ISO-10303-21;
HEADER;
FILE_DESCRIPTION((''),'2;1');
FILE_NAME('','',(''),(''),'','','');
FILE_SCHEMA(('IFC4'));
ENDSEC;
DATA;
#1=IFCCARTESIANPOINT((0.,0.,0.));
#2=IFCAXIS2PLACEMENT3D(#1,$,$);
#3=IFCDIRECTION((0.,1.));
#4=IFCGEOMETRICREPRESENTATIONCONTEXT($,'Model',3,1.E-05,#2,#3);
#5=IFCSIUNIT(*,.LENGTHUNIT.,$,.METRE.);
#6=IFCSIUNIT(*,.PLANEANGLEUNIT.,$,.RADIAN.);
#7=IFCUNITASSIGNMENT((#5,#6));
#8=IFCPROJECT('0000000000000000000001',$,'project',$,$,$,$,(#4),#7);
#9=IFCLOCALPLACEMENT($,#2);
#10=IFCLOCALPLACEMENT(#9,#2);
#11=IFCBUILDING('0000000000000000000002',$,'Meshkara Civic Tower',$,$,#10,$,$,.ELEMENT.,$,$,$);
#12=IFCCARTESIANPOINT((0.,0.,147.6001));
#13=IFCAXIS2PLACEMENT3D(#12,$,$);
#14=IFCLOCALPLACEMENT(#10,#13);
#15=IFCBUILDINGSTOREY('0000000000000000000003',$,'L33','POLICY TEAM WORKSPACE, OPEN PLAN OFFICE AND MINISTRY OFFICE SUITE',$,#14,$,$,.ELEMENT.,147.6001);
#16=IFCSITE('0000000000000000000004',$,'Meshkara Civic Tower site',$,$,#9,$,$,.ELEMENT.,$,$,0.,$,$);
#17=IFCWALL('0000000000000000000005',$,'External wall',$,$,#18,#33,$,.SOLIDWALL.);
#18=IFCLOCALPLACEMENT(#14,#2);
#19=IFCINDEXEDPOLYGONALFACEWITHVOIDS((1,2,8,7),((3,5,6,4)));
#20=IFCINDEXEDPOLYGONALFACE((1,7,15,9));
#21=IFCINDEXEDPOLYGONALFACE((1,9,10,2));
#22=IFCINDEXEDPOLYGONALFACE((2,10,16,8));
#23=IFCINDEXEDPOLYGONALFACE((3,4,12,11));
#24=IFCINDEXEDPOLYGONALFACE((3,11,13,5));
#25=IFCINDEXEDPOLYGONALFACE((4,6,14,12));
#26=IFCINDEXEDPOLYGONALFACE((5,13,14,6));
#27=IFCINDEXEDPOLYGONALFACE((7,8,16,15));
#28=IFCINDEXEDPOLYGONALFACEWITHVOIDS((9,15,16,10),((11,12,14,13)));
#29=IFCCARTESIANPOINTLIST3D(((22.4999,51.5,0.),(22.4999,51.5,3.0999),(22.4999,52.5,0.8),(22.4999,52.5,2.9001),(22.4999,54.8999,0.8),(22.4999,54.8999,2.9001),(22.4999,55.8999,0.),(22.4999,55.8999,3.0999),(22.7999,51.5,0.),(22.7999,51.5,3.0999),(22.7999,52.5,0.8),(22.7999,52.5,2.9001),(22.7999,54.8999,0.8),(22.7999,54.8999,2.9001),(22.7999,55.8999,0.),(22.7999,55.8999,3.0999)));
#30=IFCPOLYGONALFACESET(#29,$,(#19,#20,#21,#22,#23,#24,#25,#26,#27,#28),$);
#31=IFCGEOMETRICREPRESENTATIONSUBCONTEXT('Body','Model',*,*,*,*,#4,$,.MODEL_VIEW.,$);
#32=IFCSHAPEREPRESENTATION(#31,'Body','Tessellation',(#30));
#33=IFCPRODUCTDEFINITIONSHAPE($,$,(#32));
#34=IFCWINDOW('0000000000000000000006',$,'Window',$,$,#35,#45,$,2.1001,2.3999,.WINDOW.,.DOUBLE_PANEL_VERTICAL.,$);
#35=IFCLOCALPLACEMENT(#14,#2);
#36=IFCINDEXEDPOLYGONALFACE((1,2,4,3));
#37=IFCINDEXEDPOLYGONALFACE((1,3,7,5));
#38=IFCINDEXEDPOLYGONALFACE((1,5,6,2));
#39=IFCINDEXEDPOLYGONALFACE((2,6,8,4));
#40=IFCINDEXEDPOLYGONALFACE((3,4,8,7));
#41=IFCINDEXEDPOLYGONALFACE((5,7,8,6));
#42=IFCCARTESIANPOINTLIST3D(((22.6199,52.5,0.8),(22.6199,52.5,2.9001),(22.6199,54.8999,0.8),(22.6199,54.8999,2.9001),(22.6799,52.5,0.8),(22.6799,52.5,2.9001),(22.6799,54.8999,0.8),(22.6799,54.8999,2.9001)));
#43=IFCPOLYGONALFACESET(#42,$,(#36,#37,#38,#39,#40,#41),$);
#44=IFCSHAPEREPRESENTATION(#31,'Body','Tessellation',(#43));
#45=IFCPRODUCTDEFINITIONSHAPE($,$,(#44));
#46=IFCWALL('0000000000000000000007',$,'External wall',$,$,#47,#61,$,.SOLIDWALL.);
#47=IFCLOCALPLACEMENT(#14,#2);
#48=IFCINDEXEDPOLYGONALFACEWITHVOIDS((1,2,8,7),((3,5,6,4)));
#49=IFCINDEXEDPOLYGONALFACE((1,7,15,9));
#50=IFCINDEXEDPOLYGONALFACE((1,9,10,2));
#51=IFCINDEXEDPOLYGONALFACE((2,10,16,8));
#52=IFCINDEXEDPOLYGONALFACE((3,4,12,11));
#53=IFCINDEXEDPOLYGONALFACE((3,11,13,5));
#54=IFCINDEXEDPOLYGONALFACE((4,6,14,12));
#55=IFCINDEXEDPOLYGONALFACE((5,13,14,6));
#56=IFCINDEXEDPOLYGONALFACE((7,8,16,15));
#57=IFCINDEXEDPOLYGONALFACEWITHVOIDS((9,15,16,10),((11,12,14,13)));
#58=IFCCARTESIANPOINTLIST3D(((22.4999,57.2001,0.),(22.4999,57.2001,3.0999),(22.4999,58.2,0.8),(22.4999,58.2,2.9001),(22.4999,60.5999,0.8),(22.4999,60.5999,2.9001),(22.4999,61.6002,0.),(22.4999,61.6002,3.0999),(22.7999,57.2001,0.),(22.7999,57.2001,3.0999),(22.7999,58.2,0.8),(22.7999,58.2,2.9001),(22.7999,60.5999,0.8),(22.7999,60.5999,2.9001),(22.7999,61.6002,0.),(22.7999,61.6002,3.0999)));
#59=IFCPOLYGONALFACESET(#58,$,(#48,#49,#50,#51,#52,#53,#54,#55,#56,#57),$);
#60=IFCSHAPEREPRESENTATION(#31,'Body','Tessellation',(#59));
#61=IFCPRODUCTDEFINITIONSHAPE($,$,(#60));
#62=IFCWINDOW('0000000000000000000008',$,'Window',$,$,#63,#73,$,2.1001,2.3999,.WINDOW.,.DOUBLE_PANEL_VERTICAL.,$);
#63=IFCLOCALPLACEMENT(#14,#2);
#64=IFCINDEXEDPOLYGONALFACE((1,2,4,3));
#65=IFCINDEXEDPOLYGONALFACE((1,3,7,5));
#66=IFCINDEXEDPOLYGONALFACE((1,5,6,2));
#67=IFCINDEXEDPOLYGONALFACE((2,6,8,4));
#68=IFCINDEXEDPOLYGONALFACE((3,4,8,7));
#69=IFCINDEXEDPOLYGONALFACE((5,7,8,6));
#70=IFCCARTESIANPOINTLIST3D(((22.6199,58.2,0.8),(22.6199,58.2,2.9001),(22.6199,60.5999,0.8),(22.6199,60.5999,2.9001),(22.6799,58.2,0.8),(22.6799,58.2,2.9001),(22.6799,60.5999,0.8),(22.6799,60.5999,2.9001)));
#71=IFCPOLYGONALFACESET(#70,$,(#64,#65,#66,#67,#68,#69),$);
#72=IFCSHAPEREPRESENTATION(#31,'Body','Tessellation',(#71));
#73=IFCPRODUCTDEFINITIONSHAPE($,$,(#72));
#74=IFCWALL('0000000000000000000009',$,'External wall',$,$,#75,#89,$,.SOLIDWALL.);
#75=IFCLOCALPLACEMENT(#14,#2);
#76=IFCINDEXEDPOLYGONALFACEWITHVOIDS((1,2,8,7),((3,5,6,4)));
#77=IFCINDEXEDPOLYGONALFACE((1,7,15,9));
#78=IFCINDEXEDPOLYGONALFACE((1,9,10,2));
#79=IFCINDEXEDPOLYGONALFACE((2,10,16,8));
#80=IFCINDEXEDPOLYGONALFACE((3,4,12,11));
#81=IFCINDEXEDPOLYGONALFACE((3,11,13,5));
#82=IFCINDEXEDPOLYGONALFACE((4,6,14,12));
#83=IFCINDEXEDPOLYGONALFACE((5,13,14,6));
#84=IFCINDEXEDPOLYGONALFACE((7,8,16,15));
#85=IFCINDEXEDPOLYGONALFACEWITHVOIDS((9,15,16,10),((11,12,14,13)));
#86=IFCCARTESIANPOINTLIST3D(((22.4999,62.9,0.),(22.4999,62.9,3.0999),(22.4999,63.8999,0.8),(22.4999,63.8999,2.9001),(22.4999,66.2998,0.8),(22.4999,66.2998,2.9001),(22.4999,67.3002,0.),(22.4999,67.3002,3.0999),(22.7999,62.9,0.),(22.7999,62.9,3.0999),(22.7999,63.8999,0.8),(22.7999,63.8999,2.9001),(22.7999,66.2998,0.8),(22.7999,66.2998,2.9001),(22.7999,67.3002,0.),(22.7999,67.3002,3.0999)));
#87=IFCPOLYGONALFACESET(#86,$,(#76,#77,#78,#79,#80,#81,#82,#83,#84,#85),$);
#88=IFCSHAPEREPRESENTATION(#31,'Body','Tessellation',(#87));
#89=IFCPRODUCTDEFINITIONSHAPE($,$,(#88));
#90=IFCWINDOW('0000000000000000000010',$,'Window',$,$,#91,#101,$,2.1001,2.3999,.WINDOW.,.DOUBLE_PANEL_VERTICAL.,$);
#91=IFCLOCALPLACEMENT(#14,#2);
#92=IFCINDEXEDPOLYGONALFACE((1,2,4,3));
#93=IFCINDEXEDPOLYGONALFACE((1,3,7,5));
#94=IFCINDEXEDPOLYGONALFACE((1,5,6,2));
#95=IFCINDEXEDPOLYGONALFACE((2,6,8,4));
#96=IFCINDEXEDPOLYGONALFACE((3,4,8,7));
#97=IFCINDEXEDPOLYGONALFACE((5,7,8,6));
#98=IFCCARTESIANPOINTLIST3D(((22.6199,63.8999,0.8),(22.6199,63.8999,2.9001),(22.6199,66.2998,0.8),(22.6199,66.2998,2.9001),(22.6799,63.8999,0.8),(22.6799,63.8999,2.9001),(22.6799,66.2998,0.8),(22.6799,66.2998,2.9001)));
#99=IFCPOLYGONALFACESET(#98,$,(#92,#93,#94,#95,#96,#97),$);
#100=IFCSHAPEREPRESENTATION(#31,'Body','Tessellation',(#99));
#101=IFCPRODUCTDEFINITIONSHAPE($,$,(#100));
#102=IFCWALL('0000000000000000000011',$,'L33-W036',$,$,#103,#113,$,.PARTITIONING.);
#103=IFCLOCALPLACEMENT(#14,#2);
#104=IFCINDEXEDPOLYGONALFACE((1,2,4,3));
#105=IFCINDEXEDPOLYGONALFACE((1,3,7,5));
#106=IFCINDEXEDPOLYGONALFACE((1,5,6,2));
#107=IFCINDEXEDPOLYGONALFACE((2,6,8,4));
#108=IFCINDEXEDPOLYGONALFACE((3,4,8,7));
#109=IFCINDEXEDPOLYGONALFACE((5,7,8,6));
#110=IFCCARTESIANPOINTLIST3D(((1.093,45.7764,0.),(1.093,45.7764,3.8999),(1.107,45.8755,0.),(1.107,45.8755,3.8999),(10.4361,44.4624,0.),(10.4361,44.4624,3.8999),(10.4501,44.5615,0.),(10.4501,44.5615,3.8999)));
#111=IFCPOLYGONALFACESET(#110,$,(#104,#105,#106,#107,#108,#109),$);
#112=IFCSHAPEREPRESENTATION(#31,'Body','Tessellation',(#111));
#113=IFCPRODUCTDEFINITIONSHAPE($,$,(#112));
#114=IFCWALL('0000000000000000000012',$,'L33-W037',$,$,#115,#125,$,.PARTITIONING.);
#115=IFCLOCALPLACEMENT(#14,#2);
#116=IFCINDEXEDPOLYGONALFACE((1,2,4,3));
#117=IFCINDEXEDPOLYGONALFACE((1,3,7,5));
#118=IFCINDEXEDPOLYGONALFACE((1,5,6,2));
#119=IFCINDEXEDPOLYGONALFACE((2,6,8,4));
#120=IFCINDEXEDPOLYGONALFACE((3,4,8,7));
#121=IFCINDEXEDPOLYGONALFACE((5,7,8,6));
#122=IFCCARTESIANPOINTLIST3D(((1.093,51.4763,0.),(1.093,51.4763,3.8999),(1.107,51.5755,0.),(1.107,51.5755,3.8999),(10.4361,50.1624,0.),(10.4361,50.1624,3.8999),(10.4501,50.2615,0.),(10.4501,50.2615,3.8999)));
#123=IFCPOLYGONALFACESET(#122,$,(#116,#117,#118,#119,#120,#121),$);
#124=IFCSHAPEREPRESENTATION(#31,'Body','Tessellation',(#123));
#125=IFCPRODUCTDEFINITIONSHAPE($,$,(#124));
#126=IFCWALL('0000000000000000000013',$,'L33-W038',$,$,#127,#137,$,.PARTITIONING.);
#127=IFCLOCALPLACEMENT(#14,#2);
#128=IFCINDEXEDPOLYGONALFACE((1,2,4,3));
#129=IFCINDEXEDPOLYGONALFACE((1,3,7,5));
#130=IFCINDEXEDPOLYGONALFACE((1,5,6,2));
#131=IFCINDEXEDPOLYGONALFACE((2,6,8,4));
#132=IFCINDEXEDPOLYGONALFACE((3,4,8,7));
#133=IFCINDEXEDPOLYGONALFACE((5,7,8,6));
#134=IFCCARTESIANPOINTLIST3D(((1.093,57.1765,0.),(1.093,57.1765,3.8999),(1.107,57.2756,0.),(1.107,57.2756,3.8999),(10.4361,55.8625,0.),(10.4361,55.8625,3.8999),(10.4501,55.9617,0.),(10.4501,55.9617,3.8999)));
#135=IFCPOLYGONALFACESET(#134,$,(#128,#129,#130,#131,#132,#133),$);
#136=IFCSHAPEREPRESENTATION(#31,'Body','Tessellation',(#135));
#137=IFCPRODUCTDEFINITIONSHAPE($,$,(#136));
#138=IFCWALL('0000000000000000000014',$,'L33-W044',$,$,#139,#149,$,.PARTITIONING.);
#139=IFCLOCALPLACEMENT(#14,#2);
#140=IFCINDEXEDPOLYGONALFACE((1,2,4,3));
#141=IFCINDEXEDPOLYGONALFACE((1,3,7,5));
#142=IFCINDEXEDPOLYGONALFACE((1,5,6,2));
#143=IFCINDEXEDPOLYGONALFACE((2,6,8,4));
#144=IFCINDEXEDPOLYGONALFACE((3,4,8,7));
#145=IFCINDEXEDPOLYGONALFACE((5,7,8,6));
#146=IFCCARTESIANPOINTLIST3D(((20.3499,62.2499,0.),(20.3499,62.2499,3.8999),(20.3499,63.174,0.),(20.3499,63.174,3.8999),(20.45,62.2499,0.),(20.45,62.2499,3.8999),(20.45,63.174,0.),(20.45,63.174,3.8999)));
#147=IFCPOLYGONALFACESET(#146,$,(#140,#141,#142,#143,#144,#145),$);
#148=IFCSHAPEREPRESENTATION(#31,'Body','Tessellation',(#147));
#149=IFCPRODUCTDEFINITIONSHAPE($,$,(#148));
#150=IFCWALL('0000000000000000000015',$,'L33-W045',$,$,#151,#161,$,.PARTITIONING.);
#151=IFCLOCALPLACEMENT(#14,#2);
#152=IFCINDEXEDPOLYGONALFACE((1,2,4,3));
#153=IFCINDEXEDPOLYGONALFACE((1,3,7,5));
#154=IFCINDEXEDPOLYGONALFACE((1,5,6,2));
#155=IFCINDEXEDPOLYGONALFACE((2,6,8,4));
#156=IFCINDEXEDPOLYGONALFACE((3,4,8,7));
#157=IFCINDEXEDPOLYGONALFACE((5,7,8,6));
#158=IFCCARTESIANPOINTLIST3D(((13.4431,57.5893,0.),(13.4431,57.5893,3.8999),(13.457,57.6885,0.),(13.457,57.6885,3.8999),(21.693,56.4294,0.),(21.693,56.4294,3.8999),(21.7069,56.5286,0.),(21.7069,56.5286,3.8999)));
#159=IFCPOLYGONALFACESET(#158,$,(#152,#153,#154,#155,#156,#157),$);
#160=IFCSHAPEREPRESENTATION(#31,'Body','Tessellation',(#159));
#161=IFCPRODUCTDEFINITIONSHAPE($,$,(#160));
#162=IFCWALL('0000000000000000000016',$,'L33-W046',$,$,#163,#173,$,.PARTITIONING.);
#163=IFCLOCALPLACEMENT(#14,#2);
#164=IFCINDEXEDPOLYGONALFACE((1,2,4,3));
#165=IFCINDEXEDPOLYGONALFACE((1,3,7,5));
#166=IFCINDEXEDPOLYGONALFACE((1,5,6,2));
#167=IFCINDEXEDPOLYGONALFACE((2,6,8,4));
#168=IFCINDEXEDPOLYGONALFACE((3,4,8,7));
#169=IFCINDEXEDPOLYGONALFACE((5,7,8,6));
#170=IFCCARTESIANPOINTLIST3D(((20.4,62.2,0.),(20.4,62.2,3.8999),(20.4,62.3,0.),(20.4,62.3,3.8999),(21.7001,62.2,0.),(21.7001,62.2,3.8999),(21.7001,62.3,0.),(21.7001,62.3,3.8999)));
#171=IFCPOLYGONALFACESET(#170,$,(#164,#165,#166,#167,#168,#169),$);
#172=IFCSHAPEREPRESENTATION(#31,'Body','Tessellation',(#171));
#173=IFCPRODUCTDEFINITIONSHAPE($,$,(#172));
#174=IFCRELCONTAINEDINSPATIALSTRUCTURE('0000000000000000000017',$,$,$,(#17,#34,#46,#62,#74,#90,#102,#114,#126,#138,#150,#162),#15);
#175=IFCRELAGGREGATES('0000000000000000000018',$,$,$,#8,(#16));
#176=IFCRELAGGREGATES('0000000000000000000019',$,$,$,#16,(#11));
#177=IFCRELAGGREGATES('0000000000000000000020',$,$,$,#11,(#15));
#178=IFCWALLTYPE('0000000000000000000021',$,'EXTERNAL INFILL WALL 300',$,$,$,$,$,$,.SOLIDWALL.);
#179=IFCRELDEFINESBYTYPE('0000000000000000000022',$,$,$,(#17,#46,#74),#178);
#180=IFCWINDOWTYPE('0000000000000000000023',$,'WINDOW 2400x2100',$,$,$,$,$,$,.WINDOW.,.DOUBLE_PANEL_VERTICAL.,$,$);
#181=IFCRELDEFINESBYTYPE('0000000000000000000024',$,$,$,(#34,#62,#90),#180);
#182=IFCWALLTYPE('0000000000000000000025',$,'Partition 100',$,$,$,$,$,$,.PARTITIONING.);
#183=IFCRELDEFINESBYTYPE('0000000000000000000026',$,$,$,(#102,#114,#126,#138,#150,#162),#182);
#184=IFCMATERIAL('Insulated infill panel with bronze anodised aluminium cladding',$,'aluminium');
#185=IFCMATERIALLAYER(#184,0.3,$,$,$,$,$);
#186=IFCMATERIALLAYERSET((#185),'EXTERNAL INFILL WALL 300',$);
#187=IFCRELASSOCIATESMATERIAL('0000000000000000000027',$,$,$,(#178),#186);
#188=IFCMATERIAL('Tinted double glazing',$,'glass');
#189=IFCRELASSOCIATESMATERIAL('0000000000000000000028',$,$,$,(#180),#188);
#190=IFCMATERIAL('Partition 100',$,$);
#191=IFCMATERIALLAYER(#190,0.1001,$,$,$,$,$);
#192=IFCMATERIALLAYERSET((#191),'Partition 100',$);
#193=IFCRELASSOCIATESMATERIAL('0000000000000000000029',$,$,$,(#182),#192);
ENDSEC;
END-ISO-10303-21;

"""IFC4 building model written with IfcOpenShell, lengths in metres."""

from ifc_helpers import new_model, si_unit, direction, frame, frame_2d, origin, place, context, subcontext, project, spatial, rectangle, extrude, material, layer, layer_set, type_object, element, fill, save


model = new_model("IFC4")

# Units and contexts
model_context = context("Model", 3, precision=1e-05, world=origin(), true_north=direction((0.0, 1.0)))
body_context = subcontext(model_context, "Body", "Model", "MODEL_VIEW")
ifc_project = project(units=[si_unit("LENGTHUNIT", "METRE"), si_unit("PLANEANGLEUNIT", "RADIAN")], contexts=[model_context])

# Site, building, storey
site_placement = place(None, origin())
site = spatial("IfcSite", under=ifc_project, at=site_placement, Name="Meshkara Civic Tower site", CompositionType="ELEMENT", RefElevation=0.0)
building_placement = place(site_placement, origin())
building = spatial("IfcBuilding", under=site, at=building_placement, Name="Meshkara Civic Tower", CompositionType="ELEMENT")
storey_placement = place(building_placement, frame((0.0, 0.0, 147.6001)))
storey = spatial("IfcBuildingStorey", under=building, at=storey_placement, Name="L33", Description="POLICY TEAM WORKSPACE, OPEN PLAN OFFICE AND MINISTRY OFFICE SUITE", CompositionType="ELEMENT", Elevation=147.6001)

# Walls, openings, windows
ifc_material_1 = material(Name="Insulated infill panel with bronze anodised aluminium cladding", Category="aluminium")
ifc_layer_1 = layer(ifc_material_1, 0.3)
ifc_layer_set_1 = layer_set([ifc_layer_1], Name="EXTERNAL INFILL WALL 300")
wall_type_1 = type_object("IfcWallType", Name="EXTERNAL INFILL WALL 300", PredefinedType="SOLIDWALL", material=ifc_layer_set_1)
ifc_material_2 = material(Name="Tinted double glazing", Category="glass")
window_type = type_object("IfcWindowType", Name="WINDOW 2400x2100", PartitioningType="DOUBLE_PANEL_VERTICAL", PredefinedType="WINDOW", material=ifc_material_2)
wall_1_placement = place(storey_placement, frame((22.6499, 51.5, 0.0), z_axis=(0.0, 0.0, 1.0), x_axis=(0.0, 1.0, 0.0)))
wall_1 = element("IfcWall", 1, at=wall_1_placement, inside=storey, type_object=wall_type_1, Name="External wall", PredefinedType="SOLIDWALL", context=body_context, shape_type="SweptSolid", body=[
    extrude(rectangle(XDim=4.3999, YDim=0.3, at=frame_2d((2.2, 0.0))), origin(), (0.0, 0.0, 1.0), 3.0999),
])
opening_1_placement = place(wall_1_placement, frame((1.0, 0.0, 0.8)))
opening_1 = element("IfcOpeningElement", 2, at=opening_1_placement, cuts=wall_1, PredefinedType="OPENING", context=body_context, shape_type="SweptSolid", body=[
    extrude(rectangle(XDim=2.3999, YDim=2.1001, at=frame_2d((1.2, 1.05))), frame((0.0, 0.1599, 0.0), z_axis=(0.0, -1.0, 0.0), x_axis=(1.0, 0.0, 0.0)), (0.0, 0.0, 1.0), 0.3201),
])
window_1_placement = place(opening_1_placement, origin())
window_1 = element("IfcWindow", 3, at=window_1_placement, inside=storey, type_object=window_type, Name="Window", OverallHeight=2.1001, OverallWidth=2.3999, PartitioningType="DOUBLE_PANEL_VERTICAL", PredefinedType="WINDOW", context=body_context, shape_type="SweptSolid", body=[
    extrude(rectangle(XDim=2.3999, YDim=2.1001, at=frame_2d((1.2, 1.05))), frame((0.0, 0.03, 0.0), z_axis=(0.0, -1.0, 0.0), x_axis=(1.0, 0.0, 0.0)), (0.0, 0.0, 1.0), 0.0601),
])
fill(opening_1, window_1)
wall_2_placement = place(storey_placement, frame((22.6499, 57.2, 0.0), z_axis=(0.0, 0.0, 1.0), x_axis=(0.0, 1.0, 0.0)))
wall_2 = element("IfcWall", 4, at=wall_2_placement, inside=storey, type_object=wall_type_1, Name="External wall", PredefinedType="SOLIDWALL", context=body_context, shape_type="SweptSolid", body=[
    extrude(rectangle(XDim=4.4001, YDim=0.3, at=frame_2d((2.2002, 0.0))), origin(), (0.0, 0.0, 1.0), 3.0999),
])
opening_2_placement = place(wall_2_placement, frame((1.0, 0.0, 0.8)))
opening_2 = element("IfcOpeningElement", 5, at=opening_2_placement, cuts=wall_2, PredefinedType="OPENING", context=body_context, shape_type="SweptSolid", body=[
    extrude(rectangle(XDim=2.3999, YDim=2.1001, at=frame_2d((1.2, 1.05))), frame((0.0, 0.1599, 0.0), z_axis=(0.0, -1.0, 0.0), x_axis=(1.0, 0.0, 0.0)), (0.0, 0.0, 1.0), 0.3201),
])
window_2_placement = place(opening_2_placement, origin())
window_2 = element("IfcWindow", 6, at=window_2_placement, inside=storey, type_object=window_type, Name="Window", OverallHeight=2.1001, OverallWidth=2.3999, PartitioningType="DOUBLE_PANEL_VERTICAL", PredefinedType="WINDOW", context=body_context, shape_type="SweptSolid", body=[
    extrude(rectangle(XDim=2.3999, YDim=2.1001, at=frame_2d((1.2, 1.05))), frame((0.0, 0.03, 0.0), z_axis=(0.0, -1.0, 0.0), x_axis=(1.0, 0.0, 0.0)), (0.0, 0.0, 1.0), 0.0601),
])
fill(opening_2, window_2)
wall_3_placement = place(storey_placement, frame((22.6499, 62.8999, 0.0), z_axis=(0.0, 0.0, 1.0), x_axis=(0.0, 1.0, 0.0)))
wall_3 = element("IfcWall", 7, at=wall_3_placement, inside=storey, type_object=wall_type_1, Name="External wall", PredefinedType="SOLIDWALL", context=body_context, shape_type="SweptSolid", body=[
    extrude(rectangle(XDim=4.4001, YDim=0.3, at=frame_2d((2.2002, 0.0))), origin(), (0.0, 0.0, 1.0), 3.0999),
])
opening_3_placement = place(wall_3_placement, frame((1.0, 0.0, 0.8)))
opening_3 = element("IfcOpeningElement", 8, at=opening_3_placement, cuts=wall_3, PredefinedType="OPENING", context=body_context, shape_type="SweptSolid", body=[
    extrude(rectangle(XDim=2.3999, YDim=2.1001, at=frame_2d((1.2, 1.05))), frame((0.0, 0.1599, 0.0), z_axis=(0.0, -1.0, 0.0), x_axis=(1.0, 0.0, 0.0)), (0.0, 0.0, 1.0), 0.3201),
])
window_3_placement = place(opening_3_placement, origin())
window_3 = element("IfcWindow", 9, at=window_3_placement, inside=storey, type_object=window_type, Name="Window", OverallHeight=2.1001, OverallWidth=2.3999, PartitioningType="DOUBLE_PANEL_VERTICAL", PredefinedType="WINDOW", context=body_context, shape_type="SweptSolid", body=[
    extrude(rectangle(XDim=2.3999, YDim=2.1001, at=frame_2d((1.2, 1.05))), frame((0.0, 0.03, 0.0), z_axis=(0.0, -1.0, 0.0), x_axis=(1.0, 0.0, 0.0)), (0.0, 0.0, 1.0), 0.0601),
])
fill(opening_3, window_3)

# Walls
ifc_material_3 = material(Name="Partition 100")
ifc_layer_2 = layer(ifc_material_3, 0.1001)
ifc_layer_set_2 = layer_set([ifc_layer_2], Name="Partition 100")
wall_type_2 = type_object("IfcWallType", Name="Partition 100", PredefinedType="PARTITIONING", material=ifc_layer_set_2)
for number, where, z_axis, x_axis, name in (
    (10, (10.4431, 44.512, 0.0), (0.0, 0.0, 1.0), (-0.990255, 0.139266, 0.0), "L33-W036"),
    (11, (10.4431, 50.2119, 0.0), (0.0, 0.0, 1.0), (-0.990255, 0.139266, 0.0), "L33-W037"),
    (12, (10.4431, 55.9121, 0.0), (0.0, 0.0, 1.0), (-0.990255, 0.139266, 0.0), "L33-W038"),
):
    element("IfcWall", number, at=place(storey_placement, frame(where, z_axis=z_axis, x_axis=x_axis)), inside=storey, type_object=wall_type_2, Name=name, PredefinedType="PARTITIONING", context=body_context, shape_type="SweptSolid", body=[
        extrude(rectangle(XDim=9.4351, YDim=0.1001, at=frame_2d((4.7175, 0.0))), origin(), (0.0, 0.0, 1.0), 3.8999),
    ])
wall_4_placement = place(storey_placement, frame((20.3999, 62.25, 0.0), z_axis=(0.0, 0.0, 1.0), x_axis=(0.0, 1.0, 0.0)))
element("IfcWall", 13, at=wall_4_placement, inside=storey, type_object=wall_type_2, Name="L33-W044", PredefinedType="PARTITIONING", context=body_context, shape_type="SweptSolid", body=[
    extrude(rectangle(XDim=0.9241, YDim=0.1001, at=frame_2d((0.4619, 0.0))), origin(), (0.0, 0.0, 1.0), 3.8999),
])
wall_5_placement = place(storey_placement, frame((21.7, 56.479, 0.0), z_axis=(0.0, 0.0, 1.0), x_axis=(-0.990261, 0.139226, 0.0)))
element("IfcWall", 14, at=wall_5_placement, inside=storey, type_object=wall_type_2, Name="L33-W045", PredefinedType="PARTITIONING", context=body_context, shape_type="SweptSolid", body=[
    extrude(rectangle(XDim=8.3311, YDim=0.1001, at=frame_2d((4.1655, 0.0))), origin(), (0.0, 0.0, 1.0), 3.8999),
])
wall_6_placement = place(storey_placement, frame((21.7, 62.25, 0.0), z_axis=(0.0, 0.0, 1.0), x_axis=(-1.0, 0.0, 0.0)))
element("IfcWall", 15, at=wall_6_placement, inside=storey, type_object=wall_type_2, Name="L33-W046", PredefinedType="PARTITIONING", context=body_context, shape_type="SweptSolid", body=[
    extrude(rectangle(XDim=1.3, YDim=0.1001, at=frame_2d((0.6499, 0.0))), origin(), (0.0, 0.0, 1.0), 3.8999),
])

save(model, "model.ifc")
